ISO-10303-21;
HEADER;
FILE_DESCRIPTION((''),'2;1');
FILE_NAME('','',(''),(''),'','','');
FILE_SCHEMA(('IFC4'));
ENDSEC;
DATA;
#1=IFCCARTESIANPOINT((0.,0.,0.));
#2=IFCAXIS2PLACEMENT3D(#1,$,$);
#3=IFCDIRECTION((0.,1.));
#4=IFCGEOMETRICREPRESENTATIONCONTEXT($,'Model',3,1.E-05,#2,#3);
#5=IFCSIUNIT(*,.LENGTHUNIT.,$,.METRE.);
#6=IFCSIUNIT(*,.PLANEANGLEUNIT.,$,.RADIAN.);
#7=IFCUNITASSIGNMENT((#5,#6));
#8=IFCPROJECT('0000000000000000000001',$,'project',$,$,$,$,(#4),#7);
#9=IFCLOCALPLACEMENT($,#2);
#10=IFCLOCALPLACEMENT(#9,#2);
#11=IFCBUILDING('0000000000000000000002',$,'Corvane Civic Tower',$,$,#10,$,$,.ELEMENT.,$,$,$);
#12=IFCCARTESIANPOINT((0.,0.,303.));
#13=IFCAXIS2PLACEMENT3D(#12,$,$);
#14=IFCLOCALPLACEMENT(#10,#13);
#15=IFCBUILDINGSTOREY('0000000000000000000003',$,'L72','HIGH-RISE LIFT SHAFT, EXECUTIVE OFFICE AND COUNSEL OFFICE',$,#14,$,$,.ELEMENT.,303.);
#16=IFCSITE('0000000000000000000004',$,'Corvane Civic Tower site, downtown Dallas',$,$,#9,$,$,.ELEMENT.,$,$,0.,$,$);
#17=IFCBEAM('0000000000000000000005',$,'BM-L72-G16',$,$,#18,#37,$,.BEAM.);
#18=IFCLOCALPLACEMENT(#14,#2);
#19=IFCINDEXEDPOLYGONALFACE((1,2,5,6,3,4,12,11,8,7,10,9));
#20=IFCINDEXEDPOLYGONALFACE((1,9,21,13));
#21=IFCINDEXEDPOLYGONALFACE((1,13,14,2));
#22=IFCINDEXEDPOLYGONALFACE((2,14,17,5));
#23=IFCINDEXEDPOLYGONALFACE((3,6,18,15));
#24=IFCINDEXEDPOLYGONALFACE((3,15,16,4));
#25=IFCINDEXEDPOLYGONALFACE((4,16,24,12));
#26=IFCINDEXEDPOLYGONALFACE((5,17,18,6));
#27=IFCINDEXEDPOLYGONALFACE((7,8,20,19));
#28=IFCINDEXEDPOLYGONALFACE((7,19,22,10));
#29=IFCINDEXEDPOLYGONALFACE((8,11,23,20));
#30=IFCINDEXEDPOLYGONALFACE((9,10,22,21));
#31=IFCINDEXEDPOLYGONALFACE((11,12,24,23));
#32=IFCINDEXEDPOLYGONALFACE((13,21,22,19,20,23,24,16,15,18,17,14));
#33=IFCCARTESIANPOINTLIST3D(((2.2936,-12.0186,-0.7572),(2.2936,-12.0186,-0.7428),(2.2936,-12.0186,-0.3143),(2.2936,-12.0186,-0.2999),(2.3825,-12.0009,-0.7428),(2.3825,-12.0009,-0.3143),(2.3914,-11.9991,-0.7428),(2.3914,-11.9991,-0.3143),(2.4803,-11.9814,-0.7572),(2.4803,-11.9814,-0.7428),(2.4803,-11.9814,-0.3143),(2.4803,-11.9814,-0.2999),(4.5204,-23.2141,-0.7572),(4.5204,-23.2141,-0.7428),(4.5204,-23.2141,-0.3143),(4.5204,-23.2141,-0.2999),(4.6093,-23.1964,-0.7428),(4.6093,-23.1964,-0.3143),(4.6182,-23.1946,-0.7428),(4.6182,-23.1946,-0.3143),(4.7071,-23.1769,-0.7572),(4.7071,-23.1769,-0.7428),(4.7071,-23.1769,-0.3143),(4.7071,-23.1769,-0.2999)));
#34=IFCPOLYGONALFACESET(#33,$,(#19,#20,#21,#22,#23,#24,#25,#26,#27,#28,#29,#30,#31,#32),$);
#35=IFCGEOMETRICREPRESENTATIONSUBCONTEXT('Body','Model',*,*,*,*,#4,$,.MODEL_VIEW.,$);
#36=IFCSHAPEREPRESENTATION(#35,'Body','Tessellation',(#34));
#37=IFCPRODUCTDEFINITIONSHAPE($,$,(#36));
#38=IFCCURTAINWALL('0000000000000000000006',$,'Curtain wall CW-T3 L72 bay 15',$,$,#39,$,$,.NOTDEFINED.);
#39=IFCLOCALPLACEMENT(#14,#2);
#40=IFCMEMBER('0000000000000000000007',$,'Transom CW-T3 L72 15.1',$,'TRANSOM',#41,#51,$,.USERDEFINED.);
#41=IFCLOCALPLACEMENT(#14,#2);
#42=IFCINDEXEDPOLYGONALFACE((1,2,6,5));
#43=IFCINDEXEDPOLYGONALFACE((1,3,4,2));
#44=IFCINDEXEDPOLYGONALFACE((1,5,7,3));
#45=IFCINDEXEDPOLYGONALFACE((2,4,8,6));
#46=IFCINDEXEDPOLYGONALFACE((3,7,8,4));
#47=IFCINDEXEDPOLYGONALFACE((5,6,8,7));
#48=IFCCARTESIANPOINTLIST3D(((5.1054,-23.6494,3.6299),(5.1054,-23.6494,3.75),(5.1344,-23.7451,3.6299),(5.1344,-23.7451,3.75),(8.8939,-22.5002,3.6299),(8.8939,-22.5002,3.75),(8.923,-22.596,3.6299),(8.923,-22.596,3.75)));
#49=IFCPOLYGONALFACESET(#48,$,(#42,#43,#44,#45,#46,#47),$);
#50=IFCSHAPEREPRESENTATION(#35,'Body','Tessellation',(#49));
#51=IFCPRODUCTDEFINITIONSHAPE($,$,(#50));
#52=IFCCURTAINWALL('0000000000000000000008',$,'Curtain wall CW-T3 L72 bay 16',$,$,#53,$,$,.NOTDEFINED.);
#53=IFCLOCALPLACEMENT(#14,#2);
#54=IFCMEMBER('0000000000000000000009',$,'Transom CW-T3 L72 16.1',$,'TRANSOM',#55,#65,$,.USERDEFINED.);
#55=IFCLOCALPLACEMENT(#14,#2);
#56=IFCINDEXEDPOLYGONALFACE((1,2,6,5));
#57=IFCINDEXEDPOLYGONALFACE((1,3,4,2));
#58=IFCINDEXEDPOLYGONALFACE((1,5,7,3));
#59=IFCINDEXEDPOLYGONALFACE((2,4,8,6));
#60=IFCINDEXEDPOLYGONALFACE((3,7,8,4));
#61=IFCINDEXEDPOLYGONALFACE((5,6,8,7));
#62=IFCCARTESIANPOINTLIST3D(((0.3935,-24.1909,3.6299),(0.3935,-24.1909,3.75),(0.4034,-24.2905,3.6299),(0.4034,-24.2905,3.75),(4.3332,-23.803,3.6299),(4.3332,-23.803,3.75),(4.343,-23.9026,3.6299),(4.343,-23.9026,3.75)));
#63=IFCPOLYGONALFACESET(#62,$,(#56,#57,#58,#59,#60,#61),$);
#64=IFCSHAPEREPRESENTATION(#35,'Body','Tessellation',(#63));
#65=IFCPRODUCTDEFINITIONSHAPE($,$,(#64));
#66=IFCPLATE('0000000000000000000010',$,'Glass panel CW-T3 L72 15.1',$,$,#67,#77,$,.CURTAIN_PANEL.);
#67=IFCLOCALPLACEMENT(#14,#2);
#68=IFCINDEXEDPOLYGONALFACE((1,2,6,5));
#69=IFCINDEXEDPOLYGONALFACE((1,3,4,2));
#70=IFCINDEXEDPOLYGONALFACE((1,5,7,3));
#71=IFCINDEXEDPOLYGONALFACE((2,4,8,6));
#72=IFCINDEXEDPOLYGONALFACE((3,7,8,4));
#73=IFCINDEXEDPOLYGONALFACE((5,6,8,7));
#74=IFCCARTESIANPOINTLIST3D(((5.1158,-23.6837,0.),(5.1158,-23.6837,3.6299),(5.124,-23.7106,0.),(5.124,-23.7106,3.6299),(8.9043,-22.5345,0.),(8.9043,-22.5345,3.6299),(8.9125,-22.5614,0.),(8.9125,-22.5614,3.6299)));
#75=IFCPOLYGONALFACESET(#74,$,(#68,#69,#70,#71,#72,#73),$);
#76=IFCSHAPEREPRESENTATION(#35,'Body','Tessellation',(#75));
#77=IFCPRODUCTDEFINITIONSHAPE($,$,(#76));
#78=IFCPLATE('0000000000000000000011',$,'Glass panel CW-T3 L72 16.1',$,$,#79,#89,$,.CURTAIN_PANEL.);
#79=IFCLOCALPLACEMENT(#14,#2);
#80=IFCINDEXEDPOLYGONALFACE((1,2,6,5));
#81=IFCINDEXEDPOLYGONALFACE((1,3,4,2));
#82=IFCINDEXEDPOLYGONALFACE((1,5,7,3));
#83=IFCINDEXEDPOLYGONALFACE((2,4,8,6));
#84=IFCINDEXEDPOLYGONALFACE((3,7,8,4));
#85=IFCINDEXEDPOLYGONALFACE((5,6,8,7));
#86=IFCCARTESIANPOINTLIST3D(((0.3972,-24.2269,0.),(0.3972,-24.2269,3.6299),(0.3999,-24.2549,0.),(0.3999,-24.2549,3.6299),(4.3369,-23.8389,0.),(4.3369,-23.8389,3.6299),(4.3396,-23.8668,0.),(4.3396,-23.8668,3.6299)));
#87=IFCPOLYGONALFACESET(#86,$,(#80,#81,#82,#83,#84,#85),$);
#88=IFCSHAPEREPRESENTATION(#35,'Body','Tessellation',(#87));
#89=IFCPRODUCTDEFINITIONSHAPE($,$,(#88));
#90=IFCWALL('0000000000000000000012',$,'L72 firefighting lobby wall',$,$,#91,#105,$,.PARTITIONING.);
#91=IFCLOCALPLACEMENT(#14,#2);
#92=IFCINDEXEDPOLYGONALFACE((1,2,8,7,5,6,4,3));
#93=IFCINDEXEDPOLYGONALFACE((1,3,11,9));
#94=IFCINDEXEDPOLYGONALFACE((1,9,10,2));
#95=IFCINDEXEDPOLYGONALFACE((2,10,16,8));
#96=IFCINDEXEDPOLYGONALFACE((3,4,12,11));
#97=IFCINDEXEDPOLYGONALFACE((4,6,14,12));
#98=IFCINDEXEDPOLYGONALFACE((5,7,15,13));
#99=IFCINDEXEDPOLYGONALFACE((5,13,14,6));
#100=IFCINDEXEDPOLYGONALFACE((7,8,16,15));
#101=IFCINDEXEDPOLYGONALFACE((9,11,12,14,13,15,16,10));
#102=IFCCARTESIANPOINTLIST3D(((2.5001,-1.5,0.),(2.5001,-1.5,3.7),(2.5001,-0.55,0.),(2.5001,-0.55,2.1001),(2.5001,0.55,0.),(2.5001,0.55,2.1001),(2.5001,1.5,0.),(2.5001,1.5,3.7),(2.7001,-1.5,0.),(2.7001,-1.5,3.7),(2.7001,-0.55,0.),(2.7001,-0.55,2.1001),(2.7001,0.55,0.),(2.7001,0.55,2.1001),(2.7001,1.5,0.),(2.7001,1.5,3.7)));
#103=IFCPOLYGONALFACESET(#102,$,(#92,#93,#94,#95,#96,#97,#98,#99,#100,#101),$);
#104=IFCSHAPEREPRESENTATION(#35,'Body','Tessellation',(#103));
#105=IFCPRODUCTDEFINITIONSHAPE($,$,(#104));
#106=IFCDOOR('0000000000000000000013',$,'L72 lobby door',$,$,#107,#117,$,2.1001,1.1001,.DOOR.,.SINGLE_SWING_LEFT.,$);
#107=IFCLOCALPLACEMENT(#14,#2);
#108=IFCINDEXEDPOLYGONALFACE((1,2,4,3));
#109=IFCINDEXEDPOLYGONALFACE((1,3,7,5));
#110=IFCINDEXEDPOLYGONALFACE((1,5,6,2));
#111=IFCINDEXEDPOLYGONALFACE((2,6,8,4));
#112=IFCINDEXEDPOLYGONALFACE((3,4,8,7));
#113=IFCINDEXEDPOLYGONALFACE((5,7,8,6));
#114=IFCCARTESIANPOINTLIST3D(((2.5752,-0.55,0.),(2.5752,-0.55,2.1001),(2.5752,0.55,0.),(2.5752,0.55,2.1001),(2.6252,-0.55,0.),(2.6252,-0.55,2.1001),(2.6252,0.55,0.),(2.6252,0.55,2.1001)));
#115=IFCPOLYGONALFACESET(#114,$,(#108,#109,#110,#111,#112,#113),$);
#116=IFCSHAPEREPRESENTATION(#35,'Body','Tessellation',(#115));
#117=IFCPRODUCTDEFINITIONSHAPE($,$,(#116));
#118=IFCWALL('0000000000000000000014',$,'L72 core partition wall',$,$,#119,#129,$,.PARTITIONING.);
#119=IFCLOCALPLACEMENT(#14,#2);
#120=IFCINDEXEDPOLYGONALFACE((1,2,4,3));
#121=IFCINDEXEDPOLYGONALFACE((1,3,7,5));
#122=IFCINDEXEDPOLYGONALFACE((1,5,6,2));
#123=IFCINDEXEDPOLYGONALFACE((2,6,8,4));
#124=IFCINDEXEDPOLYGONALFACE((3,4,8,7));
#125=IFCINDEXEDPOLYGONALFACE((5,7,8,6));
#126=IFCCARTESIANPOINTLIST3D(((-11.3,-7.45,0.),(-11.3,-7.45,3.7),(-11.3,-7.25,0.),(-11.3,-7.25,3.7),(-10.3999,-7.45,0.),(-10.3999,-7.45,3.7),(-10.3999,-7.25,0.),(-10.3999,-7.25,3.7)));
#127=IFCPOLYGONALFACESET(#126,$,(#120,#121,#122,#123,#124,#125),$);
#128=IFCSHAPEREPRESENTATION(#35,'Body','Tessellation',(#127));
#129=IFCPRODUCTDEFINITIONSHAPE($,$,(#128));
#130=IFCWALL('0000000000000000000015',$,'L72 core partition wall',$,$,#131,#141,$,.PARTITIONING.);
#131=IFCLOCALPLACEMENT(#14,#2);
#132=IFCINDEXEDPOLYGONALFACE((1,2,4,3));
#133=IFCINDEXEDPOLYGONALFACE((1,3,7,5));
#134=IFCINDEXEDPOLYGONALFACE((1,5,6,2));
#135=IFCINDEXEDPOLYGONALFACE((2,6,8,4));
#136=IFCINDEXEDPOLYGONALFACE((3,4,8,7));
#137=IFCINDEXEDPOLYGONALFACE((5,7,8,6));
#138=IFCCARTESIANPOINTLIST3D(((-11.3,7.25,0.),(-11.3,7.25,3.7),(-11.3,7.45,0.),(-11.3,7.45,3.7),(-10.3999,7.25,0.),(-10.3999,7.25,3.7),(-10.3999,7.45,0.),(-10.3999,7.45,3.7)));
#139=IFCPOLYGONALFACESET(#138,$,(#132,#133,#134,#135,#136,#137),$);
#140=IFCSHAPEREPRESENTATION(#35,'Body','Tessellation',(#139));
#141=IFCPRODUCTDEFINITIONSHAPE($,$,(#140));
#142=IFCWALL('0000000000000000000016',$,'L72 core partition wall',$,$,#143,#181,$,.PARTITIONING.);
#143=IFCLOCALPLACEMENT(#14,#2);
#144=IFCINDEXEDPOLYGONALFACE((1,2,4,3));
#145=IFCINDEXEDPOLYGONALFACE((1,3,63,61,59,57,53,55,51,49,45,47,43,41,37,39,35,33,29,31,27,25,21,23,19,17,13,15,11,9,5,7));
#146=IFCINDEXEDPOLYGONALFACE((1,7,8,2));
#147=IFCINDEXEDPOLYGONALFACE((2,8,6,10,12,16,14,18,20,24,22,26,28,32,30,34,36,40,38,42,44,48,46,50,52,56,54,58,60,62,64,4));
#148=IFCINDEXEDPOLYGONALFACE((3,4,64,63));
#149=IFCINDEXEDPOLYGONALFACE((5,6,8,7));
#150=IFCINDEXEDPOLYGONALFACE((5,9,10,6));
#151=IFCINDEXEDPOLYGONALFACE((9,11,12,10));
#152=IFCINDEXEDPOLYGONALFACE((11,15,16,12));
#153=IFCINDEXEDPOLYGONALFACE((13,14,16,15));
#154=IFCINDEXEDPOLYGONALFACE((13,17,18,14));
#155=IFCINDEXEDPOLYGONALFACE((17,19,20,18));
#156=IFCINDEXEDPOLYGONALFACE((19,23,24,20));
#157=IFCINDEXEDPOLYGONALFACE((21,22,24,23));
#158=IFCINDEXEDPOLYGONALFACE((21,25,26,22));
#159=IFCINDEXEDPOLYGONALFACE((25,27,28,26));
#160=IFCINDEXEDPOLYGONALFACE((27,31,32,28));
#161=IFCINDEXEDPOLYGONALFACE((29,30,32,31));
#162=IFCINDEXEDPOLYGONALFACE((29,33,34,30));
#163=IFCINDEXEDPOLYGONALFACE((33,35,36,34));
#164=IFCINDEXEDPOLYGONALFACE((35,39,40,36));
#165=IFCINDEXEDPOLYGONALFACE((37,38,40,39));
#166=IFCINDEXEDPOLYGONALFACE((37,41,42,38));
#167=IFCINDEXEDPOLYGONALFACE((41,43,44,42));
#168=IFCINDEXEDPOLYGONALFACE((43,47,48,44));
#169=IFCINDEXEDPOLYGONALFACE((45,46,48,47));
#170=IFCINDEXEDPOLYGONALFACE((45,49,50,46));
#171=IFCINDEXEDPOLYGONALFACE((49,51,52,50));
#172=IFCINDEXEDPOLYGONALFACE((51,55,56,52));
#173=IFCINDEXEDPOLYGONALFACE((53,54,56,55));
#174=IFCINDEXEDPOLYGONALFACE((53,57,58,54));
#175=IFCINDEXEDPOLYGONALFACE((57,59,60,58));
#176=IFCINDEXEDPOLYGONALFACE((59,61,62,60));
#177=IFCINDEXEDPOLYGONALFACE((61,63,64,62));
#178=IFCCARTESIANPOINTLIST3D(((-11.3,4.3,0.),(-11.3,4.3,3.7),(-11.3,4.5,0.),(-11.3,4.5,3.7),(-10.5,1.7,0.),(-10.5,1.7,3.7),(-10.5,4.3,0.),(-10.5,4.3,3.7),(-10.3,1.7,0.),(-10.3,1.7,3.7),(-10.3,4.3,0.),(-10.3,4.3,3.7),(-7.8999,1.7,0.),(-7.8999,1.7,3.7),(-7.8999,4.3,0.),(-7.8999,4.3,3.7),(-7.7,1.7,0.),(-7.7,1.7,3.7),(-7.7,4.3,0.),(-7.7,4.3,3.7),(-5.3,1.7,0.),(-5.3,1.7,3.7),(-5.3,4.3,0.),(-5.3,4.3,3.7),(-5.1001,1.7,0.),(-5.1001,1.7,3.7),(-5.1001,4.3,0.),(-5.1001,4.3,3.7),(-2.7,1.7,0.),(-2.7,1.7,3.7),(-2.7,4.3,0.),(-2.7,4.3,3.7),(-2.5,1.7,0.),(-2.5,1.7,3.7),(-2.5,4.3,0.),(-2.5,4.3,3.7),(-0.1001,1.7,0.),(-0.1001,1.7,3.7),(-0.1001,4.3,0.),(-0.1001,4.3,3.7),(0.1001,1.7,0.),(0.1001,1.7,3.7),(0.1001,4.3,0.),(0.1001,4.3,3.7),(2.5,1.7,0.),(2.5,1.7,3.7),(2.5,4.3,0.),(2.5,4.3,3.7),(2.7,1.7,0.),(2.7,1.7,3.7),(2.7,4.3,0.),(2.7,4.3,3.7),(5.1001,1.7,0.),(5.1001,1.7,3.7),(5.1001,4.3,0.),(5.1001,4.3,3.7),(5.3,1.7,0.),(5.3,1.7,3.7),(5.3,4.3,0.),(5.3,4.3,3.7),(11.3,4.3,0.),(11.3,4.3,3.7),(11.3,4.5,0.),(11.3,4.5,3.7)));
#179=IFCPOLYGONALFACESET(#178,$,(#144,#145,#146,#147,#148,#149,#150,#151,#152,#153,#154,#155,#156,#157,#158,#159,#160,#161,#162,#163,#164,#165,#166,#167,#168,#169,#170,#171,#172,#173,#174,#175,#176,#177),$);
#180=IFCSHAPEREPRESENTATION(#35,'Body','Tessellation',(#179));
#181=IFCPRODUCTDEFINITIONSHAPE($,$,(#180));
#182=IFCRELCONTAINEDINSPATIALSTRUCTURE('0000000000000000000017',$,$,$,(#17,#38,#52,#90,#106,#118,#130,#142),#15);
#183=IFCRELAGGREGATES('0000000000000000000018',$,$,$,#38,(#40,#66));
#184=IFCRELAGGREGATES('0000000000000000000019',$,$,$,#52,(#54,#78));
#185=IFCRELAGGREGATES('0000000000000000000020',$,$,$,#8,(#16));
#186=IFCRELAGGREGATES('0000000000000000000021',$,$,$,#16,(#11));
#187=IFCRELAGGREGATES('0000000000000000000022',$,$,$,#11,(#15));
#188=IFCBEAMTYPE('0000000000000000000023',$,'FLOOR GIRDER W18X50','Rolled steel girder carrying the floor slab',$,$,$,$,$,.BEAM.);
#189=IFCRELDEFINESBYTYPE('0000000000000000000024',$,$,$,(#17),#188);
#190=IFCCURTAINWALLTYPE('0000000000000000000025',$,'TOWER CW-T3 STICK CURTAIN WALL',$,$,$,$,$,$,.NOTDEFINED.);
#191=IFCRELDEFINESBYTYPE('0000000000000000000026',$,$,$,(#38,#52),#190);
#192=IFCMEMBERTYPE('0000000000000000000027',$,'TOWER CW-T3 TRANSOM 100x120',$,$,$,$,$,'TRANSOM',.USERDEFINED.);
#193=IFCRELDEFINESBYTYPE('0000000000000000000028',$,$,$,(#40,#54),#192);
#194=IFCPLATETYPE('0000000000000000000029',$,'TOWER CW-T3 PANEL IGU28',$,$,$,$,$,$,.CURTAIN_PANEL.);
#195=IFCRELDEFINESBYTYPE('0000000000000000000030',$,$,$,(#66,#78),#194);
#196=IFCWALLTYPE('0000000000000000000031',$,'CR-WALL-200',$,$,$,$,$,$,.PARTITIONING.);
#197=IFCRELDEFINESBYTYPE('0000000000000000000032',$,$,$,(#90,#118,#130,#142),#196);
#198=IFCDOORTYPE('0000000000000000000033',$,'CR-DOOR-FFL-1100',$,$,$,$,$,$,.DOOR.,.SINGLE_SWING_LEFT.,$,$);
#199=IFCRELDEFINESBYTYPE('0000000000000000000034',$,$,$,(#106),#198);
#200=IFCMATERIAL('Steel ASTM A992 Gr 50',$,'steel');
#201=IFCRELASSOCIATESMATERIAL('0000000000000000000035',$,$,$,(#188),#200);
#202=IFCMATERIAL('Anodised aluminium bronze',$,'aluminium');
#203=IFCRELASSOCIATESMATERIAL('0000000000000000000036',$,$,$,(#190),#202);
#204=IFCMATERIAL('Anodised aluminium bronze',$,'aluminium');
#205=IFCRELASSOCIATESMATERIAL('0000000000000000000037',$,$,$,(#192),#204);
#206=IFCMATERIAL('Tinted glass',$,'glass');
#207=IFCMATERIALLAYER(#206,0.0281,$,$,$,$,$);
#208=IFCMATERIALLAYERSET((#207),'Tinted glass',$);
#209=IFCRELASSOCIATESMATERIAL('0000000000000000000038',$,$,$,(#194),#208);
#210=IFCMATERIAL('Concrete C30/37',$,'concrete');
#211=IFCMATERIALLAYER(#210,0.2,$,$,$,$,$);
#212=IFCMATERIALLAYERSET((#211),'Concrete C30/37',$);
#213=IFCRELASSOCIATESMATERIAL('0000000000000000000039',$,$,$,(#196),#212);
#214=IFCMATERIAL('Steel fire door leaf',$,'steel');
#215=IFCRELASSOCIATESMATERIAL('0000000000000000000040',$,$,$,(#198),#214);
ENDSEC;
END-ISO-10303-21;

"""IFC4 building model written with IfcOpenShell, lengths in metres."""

from ifc_helpers import new_model, si_unit, direction, frame, frame_2d, origin, origin_2d, place, context, subcontext, project, spatial, polyline, rectangle, i_section, outline, extrude, material, layer, layer_set, material_profile, profile_set, type_object, element, fill, aggregate, save


model = new_model("IFC4")

# Units and contexts
model_context = context("Model", 3, precision=1e-05, world=origin(), true_north=direction((0.0, 1.0)))
body_context = subcontext(model_context, "Body", "Model", "MODEL_VIEW")
ifc_project = project(units=[si_unit("LENGTHUNIT", "METRE"), si_unit("PLANEANGLEUNIT", "RADIAN")], contexts=[model_context])

# Site, building, storey
site_placement = place(None, origin())
site = spatial("IfcSite", under=ifc_project, at=site_placement, Name="Corvane Civic Tower site, downtown Dallas", CompositionType="ELEMENT", RefElevation=0.0)
building_placement = place(site_placement, origin())
building = spatial("IfcBuilding", under=site, at=building_placement, Name="Corvane Civic Tower", CompositionType="ELEMENT")
storey_placement = place(building_placement, frame((0.0, 0.0, 303.0)))
storey = spatial("IfcBuildingStorey", under=building, at=storey_placement, Name="L72", Description="HIGH-RISE LIFT SHAFT, EXECUTIVE OFFICE AND COUNSEL OFFICE", CompositionType="ELEMENT", Elevation=303.0)

# Beam
ifc_material_1 = material(Name="Steel ASTM A992 Gr 50", Category="steel")
ifc_material_profile_1 = material_profile(ifc_material_1, i_section(OverallWidth=0.1904, OverallDepth=0.4573, WebThickness=0.009, FlangeThickness=0.0144, at=origin_2d()), Name="W18X50")
ifc_profile_set_1 = profile_set([ifc_material_profile_1], Name="Steel ASTM A992 Gr 50")
beam_type_1 = type_object("IfcBeamType", Name="FLOOR GIRDER W18X50", Description="Rolled steel girder carrying the floor slab", PredefinedType="BEAM", material=ifc_profile_set_1)
beam_1_placement = place(storey_placement, frame((2.387, -12.0, -0.5286), z_axis=(0.19508, -0.980787, 0.0), x_axis=(0.980787, 0.19508, 0.0)))
element("IfcBeam", 1, at=beam_1_placement, inside=storey, type_object=beam_type_1, Name="BM-L72-G16", PredefinedType="BEAM", context=body_context, shape_type="SweptSolid", body=[
    extrude(i_section(OverallWidth=0.1904, OverallDepth=0.4573, WebThickness=0.009, FlangeThickness=0.0144, at=origin_2d()), origin(), (0.0, 0.0, 1.0), 11.4148),
])

# Curtain walls, members
ifc_material_2 = material(Name="Anodised aluminium bronze", Category="aluminium")
curtain_wall_type = type_object("IfcCurtainWallType", Name="TOWER CW-T3 STICK CURTAIN WALL", PredefinedType="NOTDEFINED", material=ifc_material_2)
curtain_wall_1_placement = place(storey_placement, origin())
curtain_wall_1 = element("IfcCurtainWall", 2, at=curtain_wall_1_placement, inside=storey, type_object=curtain_wall_type, Name="Curtain wall CW-T3 L72 bay 15", PredefinedType="NOTDEFINED")
ifc_material_3 = material(Name="Anodised aluminium bronze", Category="aluminium")
ifc_material_profile_2 = material_profile(ifc_material_3, rectangle(XDim=0.1001, YDim=0.1201, at=origin_2d()), Name="TOWER CW-T3 TRANSOM 100x120")
ifc_profile_set_2 = profile_set([ifc_material_profile_2], Name="Anodised aluminium bronze")
member_type = type_object("IfcMemberType", Name="TOWER CW-T3 TRANSOM 100x120", ElementType="TRANSOM", PredefinedType="USERDEFINED", material=ifc_profile_set_2)
member_1_placement = place(storey_placement, frame((8.9084, -22.5481, 3.6899), z_axis=(-0.956946, -0.290266, 0.0), x_axis=(0.290266, -0.956946, 0.0)))
member_1 = element("IfcMember", 3, at=member_1_placement, type_object=member_type, Name="Transom CW-T3 L72 15.1", ObjectType="TRANSOM", PredefinedType="USERDEFINED", context=body_context, shape_type="SweptSolid", body=[
    extrude(rectangle(XDim=0.1001, YDim=0.1201, at=origin_2d()), origin(), (0.0, 0.0, 1.0), 3.959),
])
curtain_wall_2_placement = place(storey_placement, origin())
curtain_wall_2 = element("IfcCurtainWall", 4, at=curtain_wall_2_placement, inside=storey, type_object=curtain_wall_type, Name="Curtain wall CW-T3 L72 bay 16", PredefinedType="NOTDEFINED")
member_2_placement = place(storey_placement, frame((4.3381, -23.8528, 3.6899), z_axis=(-0.995187, -0.097995, 0.0), x_axis=(0.097995, -0.995187, 0.0)))
member_2 = element("IfcMember", 5, at=member_2_placement, type_object=member_type, Name="Transom CW-T3 L72 16.1", ObjectType="TRANSOM", PredefinedType="USERDEFINED", context=body_context, shape_type="SweptSolid", body=[
    extrude(rectangle(XDim=0.1001, YDim=0.1201, at=origin_2d()), origin(), (0.0, 0.0, 1.0), 3.9587),
])

# Plates
ifc_material_4 = material(Name="Tinted glass", Category="glass")
ifc_layer_1 = layer(ifc_material_4, 0.0281)
ifc_layer_set_1 = layer_set([ifc_layer_1], Name="Tinted glass")
plate_type = type_object("IfcPlateType", Name="TOWER CW-T3 PANEL IGU28", PredefinedType="CURTAIN_PANEL", material=ifc_layer_set_1)
plate_1_placement = place(storey_placement, frame((7.0142, -23.1226, 0.0), z_axis=(0.0, 0.0, 1.0), x_axis=(-0.956944, -0.290274, 0.0)))
plate_1 = element("IfcPlate", 6, at=plate_1_placement, type_object=plate_type, Name="Glass panel CW-T3 L72 15.1", PredefinedType="CURTAIN_PANEL", context=body_context, shape_type="SweptSolid", body=[
    extrude(rectangle(XDim=3.959, YDim=0.0281, at=origin_2d()), origin(), (0.0, 0.0, 1.0), 3.6299),
])
aggregate(curtain_wall_1, [member_1, plate_1])
plate_2_placement = place(storey_placement, frame((2.3684, -24.0469, 0.0), z_axis=(0.0, 0.0, 1.0), x_axis=(-0.995184, -0.098021, 0.0)))
plate_2 = element("IfcPlate", 7, at=plate_2_placement, type_object=plate_type, Name="Glass panel CW-T3 L72 16.1", PredefinedType="CURTAIN_PANEL", context=body_context, shape_type="SweptSolid", body=[
    extrude(rectangle(XDim=3.9587, YDim=0.0281, at=origin_2d()), origin(), (0.0, 0.0, 1.0), 3.6299),
])
aggregate(curtain_wall_2, [member_2, plate_2])

# Wall, opening, door
ifc_material_5 = material(Name="Concrete C30/37", Category="concrete")
ifc_layer_2 = layer(ifc_material_5, 0.2)
ifc_layer_set_2 = layer_set([ifc_layer_2], Name="Concrete C30/37")
wall_type_1 = type_object("IfcWallType", Name="CR-WALL-200", PredefinedType="PARTITIONING", material=ifc_layer_set_2)
wall_1_placement = place(storey_placement, frame((2.6001, -1.5, 0.0), z_axis=(0.0, 0.0, 1.0), x_axis=(0.0, 1.0, 0.0)))
wall_1 = element("IfcWall", 8, at=wall_1_placement, inside=storey, type_object=wall_type_1, Name="L72 firefighting lobby wall", PredefinedType="PARTITIONING", context=body_context, shape_type="SweptSolid", body=[
    extrude(rectangle(XDim=3.0, YDim=0.2, at=frame_2d((1.5, 0.0))), origin(), (0.0, 0.0, 1.0), 3.7),
])
opening_1_placement = place(wall_1_placement, frame((0.95, 0.0, 0.0)))
opening_1 = element("IfcOpeningElement", 9, at=opening_1_placement, cuts=wall_1, PredefinedType="OPENING", context=body_context, shape_type="SweptSolid", body=[
    extrude(rectangle(XDim=1.1001, YDim=2.1001, at=frame_2d((0.55, 1.05))), frame((0.0, 0.1099, 0.0), z_axis=(0.0, -1.0, 0.0), x_axis=(1.0, 0.0, 0.0)), (0.0, 0.0, 1.0), 0.22),
])
ifc_material_6 = material(Name="Steel fire door leaf", Category="steel")
door_type_1 = type_object("IfcDoorType", Name="CR-DOOR-FFL-1100", OperationType="SINGLE_SWING_LEFT", PredefinedType="DOOR", material=ifc_material_6)
door_1_placement = place(opening_1_placement, origin())
door_1 = element("IfcDoor", 10, at=door_1_placement, inside=storey, type_object=door_type_1, Name="L72 lobby door", OperationType="SINGLE_SWING_LEFT", OverallHeight=2.1001, OverallWidth=1.1001, PredefinedType="DOOR", context=body_context, shape_type="SweptSolid", body=[
    extrude(rectangle(XDim=1.1001, YDim=2.1001, at=frame_2d((0.55, 1.05))), frame((0.0, 0.0249, 0.0), z_axis=(0.0, -1.0, 0.0), x_axis=(1.0, 0.0, 0.0)), (0.0, 0.0, 1.0), 0.05),
])
fill(opening_1, door_1)

# Walls
wall_2_placement = place(storey_placement, origin())
element("IfcWall", 11, at=wall_2_placement, inside=storey, type_object=wall_type_1, Name="L72 core partition wall", PredefinedType="PARTITIONING", context=body_context, shape_type="SweptSolid", body=[
    extrude(outline(polyline([(-10.3999, -7.45), (-11.3, -7.45), (-11.3, -7.25), (-10.3999, -7.25), (-10.3999, -7.45)])), origin(), (0.0, 0.0, 1.0), 3.7),
])
wall_3_placement = place(storey_placement, origin())
element("IfcWall", 12, at=wall_3_placement, inside=storey, type_object=wall_type_1, Name="L72 core partition wall", PredefinedType="PARTITIONING", context=body_context, shape_type="SweptSolid", body=[
    extrude(outline(polyline([(-10.3999, 7.25), (-11.3, 7.25), (-11.3, 7.45), (-10.3999, 7.45), (-10.3999, 7.25)])), origin(), (0.0, 0.0, 1.0), 3.7),
])
wall_4_placement = place(storey_placement, origin())
element("IfcWall", 13, at=wall_4_placement, inside=storey, type_object=wall_type_1, Name="L72 core partition wall", PredefinedType="PARTITIONING", context=body_context, shape_type="SweptSolid", body=[
    extrude(outline(polyline([(0.1001, 1.7), (-0.1001, 1.7), (-0.1001, 4.3), (-2.5, 4.3), (-2.5, 1.7), (-2.7, 1.7), (-2.7, 4.3), (-5.1001, 4.3), (-5.1001, 1.7), (-5.3, 1.7), (-5.3, 4.3), (-7.7, 4.3), (-7.7, 1.7), (-7.8999, 1.7), (-7.8999, 4.3), (-10.3, 4.3), (-10.3, 1.7), (-10.5, 1.7), (-10.5, 4.3), (-11.3, 4.3), (-11.3, 4.5), (11.3, 4.5), (11.3, 4.3), (5.3, 4.3), (5.3, 1.7), (5.1001, 1.7), (5.1001, 4.3), (2.7, 4.3), (2.7, 1.7), (2.5, 1.7), (2.5, 4.3), (0.1001, 4.3), (0.1001, 1.7)])), origin(), (0.0, 0.0, 1.0), 3.7),
])

save(model, "model.ifc")
